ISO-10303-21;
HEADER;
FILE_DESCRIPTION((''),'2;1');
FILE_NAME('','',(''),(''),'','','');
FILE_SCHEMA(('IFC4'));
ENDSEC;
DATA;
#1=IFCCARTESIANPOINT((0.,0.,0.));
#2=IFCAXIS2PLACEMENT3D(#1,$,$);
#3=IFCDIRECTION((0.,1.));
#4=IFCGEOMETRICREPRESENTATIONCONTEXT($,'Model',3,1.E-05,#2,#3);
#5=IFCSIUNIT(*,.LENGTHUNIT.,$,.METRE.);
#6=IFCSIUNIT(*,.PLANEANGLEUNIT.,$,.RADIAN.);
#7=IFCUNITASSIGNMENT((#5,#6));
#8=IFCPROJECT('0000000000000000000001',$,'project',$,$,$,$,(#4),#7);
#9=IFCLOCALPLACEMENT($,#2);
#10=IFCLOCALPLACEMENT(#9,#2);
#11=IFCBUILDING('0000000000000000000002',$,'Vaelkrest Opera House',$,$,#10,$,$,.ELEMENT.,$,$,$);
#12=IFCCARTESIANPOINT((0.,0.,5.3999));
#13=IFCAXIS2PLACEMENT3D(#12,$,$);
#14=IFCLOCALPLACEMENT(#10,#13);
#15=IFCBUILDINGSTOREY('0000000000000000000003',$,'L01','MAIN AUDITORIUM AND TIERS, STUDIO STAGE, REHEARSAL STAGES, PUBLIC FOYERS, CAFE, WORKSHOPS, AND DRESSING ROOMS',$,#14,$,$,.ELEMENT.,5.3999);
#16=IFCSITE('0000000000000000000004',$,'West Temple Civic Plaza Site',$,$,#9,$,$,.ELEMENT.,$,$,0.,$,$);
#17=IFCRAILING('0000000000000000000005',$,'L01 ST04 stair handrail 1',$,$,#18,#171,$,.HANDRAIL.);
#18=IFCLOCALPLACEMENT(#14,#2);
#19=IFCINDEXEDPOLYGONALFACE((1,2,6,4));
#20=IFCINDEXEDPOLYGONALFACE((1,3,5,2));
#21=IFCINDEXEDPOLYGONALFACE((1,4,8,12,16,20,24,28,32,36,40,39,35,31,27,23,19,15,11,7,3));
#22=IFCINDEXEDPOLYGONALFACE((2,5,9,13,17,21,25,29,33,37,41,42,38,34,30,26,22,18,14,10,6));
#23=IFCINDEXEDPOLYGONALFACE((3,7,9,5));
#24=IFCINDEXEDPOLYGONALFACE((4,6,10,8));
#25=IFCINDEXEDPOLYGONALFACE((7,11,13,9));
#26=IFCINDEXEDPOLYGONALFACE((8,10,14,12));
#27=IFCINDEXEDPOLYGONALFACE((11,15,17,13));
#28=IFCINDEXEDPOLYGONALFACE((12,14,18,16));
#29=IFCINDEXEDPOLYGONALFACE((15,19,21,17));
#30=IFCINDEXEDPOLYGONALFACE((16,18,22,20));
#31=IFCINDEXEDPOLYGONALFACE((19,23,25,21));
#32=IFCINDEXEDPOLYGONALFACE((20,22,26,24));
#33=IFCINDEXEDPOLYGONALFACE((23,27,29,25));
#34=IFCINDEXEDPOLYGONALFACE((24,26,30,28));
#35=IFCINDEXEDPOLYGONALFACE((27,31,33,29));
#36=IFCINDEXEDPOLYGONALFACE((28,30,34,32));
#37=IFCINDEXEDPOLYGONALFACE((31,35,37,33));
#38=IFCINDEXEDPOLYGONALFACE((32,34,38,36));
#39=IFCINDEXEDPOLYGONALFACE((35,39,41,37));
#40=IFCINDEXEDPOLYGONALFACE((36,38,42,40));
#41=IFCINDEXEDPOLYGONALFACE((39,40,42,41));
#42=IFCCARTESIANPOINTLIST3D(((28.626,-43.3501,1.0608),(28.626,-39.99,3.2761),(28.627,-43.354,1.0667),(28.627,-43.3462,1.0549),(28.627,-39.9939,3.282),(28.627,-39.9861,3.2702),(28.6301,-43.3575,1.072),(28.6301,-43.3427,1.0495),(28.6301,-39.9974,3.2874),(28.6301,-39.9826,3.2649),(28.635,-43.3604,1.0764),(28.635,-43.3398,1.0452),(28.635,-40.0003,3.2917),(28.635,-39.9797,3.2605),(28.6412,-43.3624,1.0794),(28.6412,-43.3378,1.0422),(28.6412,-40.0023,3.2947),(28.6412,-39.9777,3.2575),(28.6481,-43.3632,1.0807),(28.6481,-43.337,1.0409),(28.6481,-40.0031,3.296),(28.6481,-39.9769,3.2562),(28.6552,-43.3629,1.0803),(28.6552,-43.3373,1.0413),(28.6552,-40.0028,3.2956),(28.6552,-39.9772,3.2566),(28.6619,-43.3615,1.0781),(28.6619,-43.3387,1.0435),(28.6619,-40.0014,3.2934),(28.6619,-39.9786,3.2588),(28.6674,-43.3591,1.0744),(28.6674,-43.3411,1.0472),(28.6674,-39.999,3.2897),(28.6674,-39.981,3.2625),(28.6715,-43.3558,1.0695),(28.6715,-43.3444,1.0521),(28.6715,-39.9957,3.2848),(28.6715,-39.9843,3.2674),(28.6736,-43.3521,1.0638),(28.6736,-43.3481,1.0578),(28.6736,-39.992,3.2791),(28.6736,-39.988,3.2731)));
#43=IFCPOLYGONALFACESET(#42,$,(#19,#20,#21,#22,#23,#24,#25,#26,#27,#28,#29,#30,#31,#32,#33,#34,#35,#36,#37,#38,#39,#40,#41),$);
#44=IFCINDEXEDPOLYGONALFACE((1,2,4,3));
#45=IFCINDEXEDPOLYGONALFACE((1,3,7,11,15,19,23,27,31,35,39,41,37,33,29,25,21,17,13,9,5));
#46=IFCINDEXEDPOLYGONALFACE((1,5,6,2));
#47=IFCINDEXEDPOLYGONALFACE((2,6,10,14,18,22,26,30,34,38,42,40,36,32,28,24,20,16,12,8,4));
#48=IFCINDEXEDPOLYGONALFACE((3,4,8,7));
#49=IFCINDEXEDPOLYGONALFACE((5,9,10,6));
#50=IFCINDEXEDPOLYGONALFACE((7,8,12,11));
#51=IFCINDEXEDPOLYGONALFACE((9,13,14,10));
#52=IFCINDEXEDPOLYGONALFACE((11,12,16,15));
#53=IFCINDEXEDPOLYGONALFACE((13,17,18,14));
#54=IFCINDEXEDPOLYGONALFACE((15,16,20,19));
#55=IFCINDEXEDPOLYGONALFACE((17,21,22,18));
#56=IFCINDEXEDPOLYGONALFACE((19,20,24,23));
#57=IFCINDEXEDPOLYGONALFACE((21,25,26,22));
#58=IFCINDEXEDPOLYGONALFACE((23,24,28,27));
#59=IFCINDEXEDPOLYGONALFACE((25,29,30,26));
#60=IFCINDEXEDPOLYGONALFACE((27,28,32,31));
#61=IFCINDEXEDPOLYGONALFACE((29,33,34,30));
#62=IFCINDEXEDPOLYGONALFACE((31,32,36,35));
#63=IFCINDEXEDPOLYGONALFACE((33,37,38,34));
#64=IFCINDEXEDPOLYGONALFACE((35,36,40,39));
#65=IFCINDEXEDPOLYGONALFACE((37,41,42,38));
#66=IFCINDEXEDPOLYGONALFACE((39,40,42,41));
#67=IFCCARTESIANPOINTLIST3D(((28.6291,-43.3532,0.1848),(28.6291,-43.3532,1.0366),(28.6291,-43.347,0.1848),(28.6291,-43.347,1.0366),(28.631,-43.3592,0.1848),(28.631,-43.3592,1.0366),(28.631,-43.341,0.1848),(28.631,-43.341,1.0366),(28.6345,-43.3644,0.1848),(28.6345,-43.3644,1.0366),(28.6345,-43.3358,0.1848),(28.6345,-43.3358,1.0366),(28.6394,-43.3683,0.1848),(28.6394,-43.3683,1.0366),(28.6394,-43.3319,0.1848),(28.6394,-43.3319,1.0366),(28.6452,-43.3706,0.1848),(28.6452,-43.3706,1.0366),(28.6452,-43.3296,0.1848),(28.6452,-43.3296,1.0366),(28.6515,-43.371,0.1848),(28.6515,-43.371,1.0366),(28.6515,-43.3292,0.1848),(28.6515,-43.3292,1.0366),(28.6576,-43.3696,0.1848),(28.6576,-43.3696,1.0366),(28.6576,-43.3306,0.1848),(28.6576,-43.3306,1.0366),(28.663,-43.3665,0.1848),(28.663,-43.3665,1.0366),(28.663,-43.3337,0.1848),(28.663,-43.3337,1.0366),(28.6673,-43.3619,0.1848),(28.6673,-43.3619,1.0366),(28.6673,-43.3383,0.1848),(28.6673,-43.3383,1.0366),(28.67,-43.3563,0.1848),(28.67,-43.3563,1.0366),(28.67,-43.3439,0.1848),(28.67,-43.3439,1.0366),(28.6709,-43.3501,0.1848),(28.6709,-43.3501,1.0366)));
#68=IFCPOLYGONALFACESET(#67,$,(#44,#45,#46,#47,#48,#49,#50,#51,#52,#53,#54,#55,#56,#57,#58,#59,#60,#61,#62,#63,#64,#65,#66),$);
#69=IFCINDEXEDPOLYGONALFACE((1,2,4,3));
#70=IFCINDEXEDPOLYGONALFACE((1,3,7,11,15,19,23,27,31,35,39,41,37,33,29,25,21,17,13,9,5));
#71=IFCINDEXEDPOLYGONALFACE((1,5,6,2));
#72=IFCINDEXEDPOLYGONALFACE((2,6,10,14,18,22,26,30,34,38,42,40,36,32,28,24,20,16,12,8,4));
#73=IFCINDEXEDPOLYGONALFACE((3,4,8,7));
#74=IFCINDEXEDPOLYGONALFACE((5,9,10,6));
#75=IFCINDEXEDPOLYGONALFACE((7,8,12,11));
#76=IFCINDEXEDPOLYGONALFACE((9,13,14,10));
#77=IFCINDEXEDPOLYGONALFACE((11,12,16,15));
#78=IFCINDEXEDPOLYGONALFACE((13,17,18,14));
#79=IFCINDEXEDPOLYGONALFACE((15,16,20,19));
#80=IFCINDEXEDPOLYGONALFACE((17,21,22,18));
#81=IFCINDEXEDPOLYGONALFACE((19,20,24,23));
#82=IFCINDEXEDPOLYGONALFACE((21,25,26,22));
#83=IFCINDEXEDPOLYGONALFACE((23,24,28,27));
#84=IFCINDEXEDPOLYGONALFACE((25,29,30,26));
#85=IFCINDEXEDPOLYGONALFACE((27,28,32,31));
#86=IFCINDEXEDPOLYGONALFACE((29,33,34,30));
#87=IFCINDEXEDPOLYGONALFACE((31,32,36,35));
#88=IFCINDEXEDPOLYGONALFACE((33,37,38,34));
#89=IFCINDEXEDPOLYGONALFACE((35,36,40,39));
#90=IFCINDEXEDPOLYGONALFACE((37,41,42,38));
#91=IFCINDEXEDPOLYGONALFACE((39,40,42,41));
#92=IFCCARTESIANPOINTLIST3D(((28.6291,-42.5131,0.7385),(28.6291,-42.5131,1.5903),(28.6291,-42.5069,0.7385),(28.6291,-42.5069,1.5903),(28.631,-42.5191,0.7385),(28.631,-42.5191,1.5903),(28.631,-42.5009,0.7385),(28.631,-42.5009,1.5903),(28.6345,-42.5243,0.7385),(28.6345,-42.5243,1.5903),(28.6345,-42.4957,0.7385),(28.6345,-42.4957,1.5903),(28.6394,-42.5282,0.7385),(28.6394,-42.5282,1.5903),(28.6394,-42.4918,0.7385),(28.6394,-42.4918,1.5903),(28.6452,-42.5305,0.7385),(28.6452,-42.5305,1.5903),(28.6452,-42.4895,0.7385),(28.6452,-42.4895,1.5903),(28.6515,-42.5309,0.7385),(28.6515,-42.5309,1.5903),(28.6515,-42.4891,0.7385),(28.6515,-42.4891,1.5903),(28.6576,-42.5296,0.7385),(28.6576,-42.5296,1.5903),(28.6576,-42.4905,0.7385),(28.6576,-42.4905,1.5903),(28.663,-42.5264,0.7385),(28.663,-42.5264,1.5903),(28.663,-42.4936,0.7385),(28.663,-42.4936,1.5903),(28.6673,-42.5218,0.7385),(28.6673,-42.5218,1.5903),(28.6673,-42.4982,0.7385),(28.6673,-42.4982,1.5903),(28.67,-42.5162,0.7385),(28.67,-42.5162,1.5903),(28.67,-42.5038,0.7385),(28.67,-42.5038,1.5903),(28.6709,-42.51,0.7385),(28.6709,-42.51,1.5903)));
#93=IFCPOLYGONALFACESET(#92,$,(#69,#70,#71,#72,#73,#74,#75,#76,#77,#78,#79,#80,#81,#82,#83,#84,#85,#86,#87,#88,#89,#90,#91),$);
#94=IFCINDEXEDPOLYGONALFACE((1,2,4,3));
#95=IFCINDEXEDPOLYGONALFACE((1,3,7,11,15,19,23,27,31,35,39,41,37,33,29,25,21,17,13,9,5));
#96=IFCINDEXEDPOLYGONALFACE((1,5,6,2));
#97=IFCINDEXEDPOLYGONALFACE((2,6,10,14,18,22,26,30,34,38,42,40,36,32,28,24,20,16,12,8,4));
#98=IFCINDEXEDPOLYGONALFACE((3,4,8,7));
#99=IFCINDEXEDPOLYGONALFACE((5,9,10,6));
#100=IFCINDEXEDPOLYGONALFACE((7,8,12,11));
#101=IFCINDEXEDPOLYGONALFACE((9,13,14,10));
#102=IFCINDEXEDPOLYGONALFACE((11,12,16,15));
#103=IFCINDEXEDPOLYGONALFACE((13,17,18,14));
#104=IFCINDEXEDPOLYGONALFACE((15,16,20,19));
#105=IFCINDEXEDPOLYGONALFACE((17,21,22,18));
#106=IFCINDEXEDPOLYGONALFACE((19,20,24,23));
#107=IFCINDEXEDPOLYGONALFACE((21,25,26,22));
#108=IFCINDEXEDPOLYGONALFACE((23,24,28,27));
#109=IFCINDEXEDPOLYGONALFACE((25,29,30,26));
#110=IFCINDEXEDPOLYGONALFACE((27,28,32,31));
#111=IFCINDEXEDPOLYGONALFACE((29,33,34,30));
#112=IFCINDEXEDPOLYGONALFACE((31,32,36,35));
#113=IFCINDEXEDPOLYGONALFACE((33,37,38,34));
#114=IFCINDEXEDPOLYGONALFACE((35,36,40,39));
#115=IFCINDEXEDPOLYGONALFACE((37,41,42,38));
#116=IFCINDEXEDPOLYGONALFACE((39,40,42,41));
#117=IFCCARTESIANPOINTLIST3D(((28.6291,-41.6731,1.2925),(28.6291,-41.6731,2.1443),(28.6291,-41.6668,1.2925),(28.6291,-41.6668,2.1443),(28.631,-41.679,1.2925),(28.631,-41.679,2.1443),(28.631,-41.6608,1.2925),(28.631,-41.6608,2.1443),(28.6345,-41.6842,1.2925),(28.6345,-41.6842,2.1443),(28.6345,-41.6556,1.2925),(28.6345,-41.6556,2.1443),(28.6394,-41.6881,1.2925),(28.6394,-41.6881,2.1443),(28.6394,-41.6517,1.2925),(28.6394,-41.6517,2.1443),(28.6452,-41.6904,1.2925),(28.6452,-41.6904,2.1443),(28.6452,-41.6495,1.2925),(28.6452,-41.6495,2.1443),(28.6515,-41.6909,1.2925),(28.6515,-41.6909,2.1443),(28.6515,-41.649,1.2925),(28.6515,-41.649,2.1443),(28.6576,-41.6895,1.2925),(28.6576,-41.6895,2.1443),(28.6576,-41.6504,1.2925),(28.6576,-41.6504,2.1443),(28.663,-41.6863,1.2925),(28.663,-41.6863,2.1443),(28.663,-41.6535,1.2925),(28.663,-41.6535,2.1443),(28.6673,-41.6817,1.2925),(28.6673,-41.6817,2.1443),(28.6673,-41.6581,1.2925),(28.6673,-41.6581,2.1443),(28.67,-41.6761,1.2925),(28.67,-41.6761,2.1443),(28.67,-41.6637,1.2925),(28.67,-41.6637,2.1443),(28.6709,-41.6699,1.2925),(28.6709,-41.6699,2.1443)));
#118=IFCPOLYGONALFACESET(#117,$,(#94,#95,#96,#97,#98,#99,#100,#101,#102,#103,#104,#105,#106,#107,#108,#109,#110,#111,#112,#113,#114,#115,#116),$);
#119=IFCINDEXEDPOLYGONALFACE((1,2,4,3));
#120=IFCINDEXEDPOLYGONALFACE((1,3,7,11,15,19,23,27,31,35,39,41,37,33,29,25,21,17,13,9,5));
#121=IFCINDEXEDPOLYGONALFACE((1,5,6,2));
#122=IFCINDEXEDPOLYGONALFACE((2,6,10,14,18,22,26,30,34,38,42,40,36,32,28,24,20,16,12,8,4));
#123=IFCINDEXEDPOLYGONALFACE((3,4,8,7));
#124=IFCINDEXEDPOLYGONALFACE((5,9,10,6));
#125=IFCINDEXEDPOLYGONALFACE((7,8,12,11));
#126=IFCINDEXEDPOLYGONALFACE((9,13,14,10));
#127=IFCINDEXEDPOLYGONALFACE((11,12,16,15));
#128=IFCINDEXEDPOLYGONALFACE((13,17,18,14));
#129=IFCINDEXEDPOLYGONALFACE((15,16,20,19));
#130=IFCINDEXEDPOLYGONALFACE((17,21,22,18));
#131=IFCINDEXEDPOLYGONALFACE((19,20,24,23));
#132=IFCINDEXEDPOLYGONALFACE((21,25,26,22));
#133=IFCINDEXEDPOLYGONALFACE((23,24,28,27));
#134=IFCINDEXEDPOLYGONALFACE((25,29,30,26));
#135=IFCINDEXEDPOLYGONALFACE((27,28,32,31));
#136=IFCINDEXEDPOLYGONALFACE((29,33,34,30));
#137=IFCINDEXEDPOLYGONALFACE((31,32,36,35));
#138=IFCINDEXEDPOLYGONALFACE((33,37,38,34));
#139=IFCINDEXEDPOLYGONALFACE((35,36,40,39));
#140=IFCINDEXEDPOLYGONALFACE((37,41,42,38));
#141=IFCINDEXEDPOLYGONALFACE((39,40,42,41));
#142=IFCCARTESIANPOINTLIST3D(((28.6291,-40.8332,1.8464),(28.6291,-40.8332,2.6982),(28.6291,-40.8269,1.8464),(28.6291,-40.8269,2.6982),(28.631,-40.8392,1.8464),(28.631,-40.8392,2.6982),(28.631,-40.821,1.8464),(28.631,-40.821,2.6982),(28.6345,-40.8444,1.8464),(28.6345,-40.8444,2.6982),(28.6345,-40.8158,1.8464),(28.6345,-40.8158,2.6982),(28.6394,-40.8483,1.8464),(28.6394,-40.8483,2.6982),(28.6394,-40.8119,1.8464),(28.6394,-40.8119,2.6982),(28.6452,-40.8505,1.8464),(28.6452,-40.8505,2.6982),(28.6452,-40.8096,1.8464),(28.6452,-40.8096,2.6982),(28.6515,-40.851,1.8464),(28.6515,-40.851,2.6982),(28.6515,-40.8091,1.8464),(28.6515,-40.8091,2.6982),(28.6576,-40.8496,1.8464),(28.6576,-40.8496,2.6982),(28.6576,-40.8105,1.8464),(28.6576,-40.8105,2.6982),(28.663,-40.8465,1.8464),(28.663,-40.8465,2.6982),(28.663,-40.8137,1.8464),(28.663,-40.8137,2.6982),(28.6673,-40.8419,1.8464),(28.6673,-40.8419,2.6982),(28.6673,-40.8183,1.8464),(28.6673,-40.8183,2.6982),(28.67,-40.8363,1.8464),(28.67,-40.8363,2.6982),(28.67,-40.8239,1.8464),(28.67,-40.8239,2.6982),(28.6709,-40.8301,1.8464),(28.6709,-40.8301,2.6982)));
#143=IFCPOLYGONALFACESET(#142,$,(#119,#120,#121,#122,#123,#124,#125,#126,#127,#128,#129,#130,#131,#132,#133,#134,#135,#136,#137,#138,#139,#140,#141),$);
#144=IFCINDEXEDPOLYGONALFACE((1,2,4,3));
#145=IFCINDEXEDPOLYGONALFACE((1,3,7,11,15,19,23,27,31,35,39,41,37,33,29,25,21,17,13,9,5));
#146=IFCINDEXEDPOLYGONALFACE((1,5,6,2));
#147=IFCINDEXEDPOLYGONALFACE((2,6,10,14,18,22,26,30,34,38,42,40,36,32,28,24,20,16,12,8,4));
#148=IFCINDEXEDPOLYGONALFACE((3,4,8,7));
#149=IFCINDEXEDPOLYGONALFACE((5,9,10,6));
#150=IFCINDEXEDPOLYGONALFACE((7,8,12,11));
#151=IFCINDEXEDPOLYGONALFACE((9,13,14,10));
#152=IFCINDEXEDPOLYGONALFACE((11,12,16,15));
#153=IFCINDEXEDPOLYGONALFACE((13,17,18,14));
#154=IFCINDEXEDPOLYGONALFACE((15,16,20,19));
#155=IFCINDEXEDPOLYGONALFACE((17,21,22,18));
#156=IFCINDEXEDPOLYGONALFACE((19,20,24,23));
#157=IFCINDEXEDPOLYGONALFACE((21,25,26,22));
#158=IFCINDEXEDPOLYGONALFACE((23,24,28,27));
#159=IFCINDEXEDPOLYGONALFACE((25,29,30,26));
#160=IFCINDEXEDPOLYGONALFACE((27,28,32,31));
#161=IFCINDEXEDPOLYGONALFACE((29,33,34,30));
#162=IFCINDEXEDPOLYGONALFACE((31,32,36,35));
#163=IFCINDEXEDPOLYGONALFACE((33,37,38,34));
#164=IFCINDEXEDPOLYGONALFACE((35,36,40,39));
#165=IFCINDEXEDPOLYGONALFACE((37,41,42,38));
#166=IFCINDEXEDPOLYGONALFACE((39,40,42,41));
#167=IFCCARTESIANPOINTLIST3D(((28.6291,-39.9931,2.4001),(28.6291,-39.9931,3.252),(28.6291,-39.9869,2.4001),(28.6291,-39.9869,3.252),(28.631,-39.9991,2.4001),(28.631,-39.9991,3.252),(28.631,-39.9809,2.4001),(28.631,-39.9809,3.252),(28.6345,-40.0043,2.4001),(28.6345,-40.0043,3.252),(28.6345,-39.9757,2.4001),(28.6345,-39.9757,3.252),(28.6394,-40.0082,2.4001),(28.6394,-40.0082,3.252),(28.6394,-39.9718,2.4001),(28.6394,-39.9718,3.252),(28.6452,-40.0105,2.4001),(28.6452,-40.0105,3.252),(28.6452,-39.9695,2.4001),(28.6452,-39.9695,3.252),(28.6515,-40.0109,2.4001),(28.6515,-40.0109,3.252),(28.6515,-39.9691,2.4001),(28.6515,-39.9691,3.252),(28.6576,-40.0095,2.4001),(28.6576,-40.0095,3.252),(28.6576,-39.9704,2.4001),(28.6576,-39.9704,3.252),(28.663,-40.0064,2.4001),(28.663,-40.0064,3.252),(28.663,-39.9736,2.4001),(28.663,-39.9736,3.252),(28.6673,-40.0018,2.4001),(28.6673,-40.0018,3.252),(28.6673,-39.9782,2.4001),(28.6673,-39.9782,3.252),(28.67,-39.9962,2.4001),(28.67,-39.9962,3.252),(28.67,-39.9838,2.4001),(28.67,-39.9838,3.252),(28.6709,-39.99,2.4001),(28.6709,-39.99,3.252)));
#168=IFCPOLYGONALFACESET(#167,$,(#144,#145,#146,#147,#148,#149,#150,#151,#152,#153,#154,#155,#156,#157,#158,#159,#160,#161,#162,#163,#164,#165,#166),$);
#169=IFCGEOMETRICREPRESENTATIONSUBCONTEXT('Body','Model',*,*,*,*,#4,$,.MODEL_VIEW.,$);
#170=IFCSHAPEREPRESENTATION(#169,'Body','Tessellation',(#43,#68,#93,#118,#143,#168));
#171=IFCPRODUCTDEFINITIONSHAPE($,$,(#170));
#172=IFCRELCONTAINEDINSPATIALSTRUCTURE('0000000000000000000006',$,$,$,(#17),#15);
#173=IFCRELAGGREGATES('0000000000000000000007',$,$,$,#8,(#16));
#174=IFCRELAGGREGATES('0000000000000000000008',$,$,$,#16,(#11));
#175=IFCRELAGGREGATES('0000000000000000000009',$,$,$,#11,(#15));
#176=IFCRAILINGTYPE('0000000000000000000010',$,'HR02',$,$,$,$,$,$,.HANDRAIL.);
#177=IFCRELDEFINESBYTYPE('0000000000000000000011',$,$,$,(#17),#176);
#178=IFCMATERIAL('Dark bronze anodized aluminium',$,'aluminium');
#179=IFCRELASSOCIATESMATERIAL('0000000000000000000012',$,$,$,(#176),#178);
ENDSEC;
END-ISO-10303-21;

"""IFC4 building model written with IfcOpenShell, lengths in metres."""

from ifc_helpers import new_model, si_unit, direction, frame, origin, origin_2d, place, context, subcontext, project, spatial, circle, extrude, material, type_object, element, save


model = new_model("IFC4")

# Units and contexts
model_context = context("Model", 3, precision=1e-05, world=origin(), true_north=direction((0.0, 1.0)))
body_context = subcontext(model_context, "Body", "Model", "MODEL_VIEW")
ifc_project = project(units=[si_unit("LENGTHUNIT", "METRE"), si_unit("PLANEANGLEUNIT", "RADIAN")], contexts=[model_context])

# Site, building, storey
site_placement = place(None, origin())
site = spatial("IfcSite", under=ifc_project, at=site_placement, Name="West Temple Civic Plaza Site", CompositionType="ELEMENT", RefElevation=0.0)
building_placement = place(site_placement, origin())
building = spatial("IfcBuilding", under=site, at=building_placement, Name="Vaelkrest Opera House", CompositionType="ELEMENT")
storey_placement = place(building_placement, frame((0.0, 0.0, 5.3999)))
storey = spatial("IfcBuildingStorey", under=building, at=storey_placement, Name="L01", Description="MAIN AUDITORIUM AND TIERS, STUDIO STAGE, REHEARSAL STAGES, PUBLIC FOYERS, CAFE, WORKSHOPS, AND DRESSING ROOMS", CompositionType="ELEMENT", Elevation=5.3999)

# Shared definitions
ifc_material_1 = material(Name="Dark bronze anodized aluminium", Category="aluminium")

# Railing
railing_type_1 = type_object("IfcRailingType", Name="HR02", PredefinedType="HANDRAIL", material=ifc_material_1)
railing_1_placement = place(storey_placement, frame((28.6499, -43.3501, 0.1848)))
element("IfcRailing", 1, at=railing_1_placement, inside=storey, type_object=railing_type_1, Name="L01 ST04 stair handrail 1", PredefinedType="HANDRAIL", context=body_context, shape_type="SweptSolid", body=[
    extrude(circle(Radius=0.0239, at=origin_2d()), frame((0.0, 0.0, 0.876), z_axis=(0.0, 0.834876, 0.550437), x_axis=(-1.0, 0.0, 0.0)), (0.0, 0.0, 1.0), 4.0247),
    extrude(circle(Radius=0.021, at=origin_2d()), origin(), (0.0, 0.0, 1.0), 0.8518),
    extrude(circle(Radius=0.021, at=origin_2d()), frame((0.0, 0.8401, 0.5537)), (0.0, 0.0, 1.0), 0.8518),
    extrude(circle(Radius=0.021, at=origin_2d()), frame((0.0, 1.6802, 1.1077)), (0.0, 0.0, 1.0), 0.8518),
    extrude(circle(Radius=0.021, at=origin_2d()), frame((0.0, 2.52, 1.6616)), (0.0, 0.0, 1.0), 0.8518),
    extrude(circle(Radius=0.021, at=origin_2d()), frame((0.0, 3.3601, 2.2153)), (0.0, 0.0, 1.0), 0.8518),
])

save(model, "model.ifc")
